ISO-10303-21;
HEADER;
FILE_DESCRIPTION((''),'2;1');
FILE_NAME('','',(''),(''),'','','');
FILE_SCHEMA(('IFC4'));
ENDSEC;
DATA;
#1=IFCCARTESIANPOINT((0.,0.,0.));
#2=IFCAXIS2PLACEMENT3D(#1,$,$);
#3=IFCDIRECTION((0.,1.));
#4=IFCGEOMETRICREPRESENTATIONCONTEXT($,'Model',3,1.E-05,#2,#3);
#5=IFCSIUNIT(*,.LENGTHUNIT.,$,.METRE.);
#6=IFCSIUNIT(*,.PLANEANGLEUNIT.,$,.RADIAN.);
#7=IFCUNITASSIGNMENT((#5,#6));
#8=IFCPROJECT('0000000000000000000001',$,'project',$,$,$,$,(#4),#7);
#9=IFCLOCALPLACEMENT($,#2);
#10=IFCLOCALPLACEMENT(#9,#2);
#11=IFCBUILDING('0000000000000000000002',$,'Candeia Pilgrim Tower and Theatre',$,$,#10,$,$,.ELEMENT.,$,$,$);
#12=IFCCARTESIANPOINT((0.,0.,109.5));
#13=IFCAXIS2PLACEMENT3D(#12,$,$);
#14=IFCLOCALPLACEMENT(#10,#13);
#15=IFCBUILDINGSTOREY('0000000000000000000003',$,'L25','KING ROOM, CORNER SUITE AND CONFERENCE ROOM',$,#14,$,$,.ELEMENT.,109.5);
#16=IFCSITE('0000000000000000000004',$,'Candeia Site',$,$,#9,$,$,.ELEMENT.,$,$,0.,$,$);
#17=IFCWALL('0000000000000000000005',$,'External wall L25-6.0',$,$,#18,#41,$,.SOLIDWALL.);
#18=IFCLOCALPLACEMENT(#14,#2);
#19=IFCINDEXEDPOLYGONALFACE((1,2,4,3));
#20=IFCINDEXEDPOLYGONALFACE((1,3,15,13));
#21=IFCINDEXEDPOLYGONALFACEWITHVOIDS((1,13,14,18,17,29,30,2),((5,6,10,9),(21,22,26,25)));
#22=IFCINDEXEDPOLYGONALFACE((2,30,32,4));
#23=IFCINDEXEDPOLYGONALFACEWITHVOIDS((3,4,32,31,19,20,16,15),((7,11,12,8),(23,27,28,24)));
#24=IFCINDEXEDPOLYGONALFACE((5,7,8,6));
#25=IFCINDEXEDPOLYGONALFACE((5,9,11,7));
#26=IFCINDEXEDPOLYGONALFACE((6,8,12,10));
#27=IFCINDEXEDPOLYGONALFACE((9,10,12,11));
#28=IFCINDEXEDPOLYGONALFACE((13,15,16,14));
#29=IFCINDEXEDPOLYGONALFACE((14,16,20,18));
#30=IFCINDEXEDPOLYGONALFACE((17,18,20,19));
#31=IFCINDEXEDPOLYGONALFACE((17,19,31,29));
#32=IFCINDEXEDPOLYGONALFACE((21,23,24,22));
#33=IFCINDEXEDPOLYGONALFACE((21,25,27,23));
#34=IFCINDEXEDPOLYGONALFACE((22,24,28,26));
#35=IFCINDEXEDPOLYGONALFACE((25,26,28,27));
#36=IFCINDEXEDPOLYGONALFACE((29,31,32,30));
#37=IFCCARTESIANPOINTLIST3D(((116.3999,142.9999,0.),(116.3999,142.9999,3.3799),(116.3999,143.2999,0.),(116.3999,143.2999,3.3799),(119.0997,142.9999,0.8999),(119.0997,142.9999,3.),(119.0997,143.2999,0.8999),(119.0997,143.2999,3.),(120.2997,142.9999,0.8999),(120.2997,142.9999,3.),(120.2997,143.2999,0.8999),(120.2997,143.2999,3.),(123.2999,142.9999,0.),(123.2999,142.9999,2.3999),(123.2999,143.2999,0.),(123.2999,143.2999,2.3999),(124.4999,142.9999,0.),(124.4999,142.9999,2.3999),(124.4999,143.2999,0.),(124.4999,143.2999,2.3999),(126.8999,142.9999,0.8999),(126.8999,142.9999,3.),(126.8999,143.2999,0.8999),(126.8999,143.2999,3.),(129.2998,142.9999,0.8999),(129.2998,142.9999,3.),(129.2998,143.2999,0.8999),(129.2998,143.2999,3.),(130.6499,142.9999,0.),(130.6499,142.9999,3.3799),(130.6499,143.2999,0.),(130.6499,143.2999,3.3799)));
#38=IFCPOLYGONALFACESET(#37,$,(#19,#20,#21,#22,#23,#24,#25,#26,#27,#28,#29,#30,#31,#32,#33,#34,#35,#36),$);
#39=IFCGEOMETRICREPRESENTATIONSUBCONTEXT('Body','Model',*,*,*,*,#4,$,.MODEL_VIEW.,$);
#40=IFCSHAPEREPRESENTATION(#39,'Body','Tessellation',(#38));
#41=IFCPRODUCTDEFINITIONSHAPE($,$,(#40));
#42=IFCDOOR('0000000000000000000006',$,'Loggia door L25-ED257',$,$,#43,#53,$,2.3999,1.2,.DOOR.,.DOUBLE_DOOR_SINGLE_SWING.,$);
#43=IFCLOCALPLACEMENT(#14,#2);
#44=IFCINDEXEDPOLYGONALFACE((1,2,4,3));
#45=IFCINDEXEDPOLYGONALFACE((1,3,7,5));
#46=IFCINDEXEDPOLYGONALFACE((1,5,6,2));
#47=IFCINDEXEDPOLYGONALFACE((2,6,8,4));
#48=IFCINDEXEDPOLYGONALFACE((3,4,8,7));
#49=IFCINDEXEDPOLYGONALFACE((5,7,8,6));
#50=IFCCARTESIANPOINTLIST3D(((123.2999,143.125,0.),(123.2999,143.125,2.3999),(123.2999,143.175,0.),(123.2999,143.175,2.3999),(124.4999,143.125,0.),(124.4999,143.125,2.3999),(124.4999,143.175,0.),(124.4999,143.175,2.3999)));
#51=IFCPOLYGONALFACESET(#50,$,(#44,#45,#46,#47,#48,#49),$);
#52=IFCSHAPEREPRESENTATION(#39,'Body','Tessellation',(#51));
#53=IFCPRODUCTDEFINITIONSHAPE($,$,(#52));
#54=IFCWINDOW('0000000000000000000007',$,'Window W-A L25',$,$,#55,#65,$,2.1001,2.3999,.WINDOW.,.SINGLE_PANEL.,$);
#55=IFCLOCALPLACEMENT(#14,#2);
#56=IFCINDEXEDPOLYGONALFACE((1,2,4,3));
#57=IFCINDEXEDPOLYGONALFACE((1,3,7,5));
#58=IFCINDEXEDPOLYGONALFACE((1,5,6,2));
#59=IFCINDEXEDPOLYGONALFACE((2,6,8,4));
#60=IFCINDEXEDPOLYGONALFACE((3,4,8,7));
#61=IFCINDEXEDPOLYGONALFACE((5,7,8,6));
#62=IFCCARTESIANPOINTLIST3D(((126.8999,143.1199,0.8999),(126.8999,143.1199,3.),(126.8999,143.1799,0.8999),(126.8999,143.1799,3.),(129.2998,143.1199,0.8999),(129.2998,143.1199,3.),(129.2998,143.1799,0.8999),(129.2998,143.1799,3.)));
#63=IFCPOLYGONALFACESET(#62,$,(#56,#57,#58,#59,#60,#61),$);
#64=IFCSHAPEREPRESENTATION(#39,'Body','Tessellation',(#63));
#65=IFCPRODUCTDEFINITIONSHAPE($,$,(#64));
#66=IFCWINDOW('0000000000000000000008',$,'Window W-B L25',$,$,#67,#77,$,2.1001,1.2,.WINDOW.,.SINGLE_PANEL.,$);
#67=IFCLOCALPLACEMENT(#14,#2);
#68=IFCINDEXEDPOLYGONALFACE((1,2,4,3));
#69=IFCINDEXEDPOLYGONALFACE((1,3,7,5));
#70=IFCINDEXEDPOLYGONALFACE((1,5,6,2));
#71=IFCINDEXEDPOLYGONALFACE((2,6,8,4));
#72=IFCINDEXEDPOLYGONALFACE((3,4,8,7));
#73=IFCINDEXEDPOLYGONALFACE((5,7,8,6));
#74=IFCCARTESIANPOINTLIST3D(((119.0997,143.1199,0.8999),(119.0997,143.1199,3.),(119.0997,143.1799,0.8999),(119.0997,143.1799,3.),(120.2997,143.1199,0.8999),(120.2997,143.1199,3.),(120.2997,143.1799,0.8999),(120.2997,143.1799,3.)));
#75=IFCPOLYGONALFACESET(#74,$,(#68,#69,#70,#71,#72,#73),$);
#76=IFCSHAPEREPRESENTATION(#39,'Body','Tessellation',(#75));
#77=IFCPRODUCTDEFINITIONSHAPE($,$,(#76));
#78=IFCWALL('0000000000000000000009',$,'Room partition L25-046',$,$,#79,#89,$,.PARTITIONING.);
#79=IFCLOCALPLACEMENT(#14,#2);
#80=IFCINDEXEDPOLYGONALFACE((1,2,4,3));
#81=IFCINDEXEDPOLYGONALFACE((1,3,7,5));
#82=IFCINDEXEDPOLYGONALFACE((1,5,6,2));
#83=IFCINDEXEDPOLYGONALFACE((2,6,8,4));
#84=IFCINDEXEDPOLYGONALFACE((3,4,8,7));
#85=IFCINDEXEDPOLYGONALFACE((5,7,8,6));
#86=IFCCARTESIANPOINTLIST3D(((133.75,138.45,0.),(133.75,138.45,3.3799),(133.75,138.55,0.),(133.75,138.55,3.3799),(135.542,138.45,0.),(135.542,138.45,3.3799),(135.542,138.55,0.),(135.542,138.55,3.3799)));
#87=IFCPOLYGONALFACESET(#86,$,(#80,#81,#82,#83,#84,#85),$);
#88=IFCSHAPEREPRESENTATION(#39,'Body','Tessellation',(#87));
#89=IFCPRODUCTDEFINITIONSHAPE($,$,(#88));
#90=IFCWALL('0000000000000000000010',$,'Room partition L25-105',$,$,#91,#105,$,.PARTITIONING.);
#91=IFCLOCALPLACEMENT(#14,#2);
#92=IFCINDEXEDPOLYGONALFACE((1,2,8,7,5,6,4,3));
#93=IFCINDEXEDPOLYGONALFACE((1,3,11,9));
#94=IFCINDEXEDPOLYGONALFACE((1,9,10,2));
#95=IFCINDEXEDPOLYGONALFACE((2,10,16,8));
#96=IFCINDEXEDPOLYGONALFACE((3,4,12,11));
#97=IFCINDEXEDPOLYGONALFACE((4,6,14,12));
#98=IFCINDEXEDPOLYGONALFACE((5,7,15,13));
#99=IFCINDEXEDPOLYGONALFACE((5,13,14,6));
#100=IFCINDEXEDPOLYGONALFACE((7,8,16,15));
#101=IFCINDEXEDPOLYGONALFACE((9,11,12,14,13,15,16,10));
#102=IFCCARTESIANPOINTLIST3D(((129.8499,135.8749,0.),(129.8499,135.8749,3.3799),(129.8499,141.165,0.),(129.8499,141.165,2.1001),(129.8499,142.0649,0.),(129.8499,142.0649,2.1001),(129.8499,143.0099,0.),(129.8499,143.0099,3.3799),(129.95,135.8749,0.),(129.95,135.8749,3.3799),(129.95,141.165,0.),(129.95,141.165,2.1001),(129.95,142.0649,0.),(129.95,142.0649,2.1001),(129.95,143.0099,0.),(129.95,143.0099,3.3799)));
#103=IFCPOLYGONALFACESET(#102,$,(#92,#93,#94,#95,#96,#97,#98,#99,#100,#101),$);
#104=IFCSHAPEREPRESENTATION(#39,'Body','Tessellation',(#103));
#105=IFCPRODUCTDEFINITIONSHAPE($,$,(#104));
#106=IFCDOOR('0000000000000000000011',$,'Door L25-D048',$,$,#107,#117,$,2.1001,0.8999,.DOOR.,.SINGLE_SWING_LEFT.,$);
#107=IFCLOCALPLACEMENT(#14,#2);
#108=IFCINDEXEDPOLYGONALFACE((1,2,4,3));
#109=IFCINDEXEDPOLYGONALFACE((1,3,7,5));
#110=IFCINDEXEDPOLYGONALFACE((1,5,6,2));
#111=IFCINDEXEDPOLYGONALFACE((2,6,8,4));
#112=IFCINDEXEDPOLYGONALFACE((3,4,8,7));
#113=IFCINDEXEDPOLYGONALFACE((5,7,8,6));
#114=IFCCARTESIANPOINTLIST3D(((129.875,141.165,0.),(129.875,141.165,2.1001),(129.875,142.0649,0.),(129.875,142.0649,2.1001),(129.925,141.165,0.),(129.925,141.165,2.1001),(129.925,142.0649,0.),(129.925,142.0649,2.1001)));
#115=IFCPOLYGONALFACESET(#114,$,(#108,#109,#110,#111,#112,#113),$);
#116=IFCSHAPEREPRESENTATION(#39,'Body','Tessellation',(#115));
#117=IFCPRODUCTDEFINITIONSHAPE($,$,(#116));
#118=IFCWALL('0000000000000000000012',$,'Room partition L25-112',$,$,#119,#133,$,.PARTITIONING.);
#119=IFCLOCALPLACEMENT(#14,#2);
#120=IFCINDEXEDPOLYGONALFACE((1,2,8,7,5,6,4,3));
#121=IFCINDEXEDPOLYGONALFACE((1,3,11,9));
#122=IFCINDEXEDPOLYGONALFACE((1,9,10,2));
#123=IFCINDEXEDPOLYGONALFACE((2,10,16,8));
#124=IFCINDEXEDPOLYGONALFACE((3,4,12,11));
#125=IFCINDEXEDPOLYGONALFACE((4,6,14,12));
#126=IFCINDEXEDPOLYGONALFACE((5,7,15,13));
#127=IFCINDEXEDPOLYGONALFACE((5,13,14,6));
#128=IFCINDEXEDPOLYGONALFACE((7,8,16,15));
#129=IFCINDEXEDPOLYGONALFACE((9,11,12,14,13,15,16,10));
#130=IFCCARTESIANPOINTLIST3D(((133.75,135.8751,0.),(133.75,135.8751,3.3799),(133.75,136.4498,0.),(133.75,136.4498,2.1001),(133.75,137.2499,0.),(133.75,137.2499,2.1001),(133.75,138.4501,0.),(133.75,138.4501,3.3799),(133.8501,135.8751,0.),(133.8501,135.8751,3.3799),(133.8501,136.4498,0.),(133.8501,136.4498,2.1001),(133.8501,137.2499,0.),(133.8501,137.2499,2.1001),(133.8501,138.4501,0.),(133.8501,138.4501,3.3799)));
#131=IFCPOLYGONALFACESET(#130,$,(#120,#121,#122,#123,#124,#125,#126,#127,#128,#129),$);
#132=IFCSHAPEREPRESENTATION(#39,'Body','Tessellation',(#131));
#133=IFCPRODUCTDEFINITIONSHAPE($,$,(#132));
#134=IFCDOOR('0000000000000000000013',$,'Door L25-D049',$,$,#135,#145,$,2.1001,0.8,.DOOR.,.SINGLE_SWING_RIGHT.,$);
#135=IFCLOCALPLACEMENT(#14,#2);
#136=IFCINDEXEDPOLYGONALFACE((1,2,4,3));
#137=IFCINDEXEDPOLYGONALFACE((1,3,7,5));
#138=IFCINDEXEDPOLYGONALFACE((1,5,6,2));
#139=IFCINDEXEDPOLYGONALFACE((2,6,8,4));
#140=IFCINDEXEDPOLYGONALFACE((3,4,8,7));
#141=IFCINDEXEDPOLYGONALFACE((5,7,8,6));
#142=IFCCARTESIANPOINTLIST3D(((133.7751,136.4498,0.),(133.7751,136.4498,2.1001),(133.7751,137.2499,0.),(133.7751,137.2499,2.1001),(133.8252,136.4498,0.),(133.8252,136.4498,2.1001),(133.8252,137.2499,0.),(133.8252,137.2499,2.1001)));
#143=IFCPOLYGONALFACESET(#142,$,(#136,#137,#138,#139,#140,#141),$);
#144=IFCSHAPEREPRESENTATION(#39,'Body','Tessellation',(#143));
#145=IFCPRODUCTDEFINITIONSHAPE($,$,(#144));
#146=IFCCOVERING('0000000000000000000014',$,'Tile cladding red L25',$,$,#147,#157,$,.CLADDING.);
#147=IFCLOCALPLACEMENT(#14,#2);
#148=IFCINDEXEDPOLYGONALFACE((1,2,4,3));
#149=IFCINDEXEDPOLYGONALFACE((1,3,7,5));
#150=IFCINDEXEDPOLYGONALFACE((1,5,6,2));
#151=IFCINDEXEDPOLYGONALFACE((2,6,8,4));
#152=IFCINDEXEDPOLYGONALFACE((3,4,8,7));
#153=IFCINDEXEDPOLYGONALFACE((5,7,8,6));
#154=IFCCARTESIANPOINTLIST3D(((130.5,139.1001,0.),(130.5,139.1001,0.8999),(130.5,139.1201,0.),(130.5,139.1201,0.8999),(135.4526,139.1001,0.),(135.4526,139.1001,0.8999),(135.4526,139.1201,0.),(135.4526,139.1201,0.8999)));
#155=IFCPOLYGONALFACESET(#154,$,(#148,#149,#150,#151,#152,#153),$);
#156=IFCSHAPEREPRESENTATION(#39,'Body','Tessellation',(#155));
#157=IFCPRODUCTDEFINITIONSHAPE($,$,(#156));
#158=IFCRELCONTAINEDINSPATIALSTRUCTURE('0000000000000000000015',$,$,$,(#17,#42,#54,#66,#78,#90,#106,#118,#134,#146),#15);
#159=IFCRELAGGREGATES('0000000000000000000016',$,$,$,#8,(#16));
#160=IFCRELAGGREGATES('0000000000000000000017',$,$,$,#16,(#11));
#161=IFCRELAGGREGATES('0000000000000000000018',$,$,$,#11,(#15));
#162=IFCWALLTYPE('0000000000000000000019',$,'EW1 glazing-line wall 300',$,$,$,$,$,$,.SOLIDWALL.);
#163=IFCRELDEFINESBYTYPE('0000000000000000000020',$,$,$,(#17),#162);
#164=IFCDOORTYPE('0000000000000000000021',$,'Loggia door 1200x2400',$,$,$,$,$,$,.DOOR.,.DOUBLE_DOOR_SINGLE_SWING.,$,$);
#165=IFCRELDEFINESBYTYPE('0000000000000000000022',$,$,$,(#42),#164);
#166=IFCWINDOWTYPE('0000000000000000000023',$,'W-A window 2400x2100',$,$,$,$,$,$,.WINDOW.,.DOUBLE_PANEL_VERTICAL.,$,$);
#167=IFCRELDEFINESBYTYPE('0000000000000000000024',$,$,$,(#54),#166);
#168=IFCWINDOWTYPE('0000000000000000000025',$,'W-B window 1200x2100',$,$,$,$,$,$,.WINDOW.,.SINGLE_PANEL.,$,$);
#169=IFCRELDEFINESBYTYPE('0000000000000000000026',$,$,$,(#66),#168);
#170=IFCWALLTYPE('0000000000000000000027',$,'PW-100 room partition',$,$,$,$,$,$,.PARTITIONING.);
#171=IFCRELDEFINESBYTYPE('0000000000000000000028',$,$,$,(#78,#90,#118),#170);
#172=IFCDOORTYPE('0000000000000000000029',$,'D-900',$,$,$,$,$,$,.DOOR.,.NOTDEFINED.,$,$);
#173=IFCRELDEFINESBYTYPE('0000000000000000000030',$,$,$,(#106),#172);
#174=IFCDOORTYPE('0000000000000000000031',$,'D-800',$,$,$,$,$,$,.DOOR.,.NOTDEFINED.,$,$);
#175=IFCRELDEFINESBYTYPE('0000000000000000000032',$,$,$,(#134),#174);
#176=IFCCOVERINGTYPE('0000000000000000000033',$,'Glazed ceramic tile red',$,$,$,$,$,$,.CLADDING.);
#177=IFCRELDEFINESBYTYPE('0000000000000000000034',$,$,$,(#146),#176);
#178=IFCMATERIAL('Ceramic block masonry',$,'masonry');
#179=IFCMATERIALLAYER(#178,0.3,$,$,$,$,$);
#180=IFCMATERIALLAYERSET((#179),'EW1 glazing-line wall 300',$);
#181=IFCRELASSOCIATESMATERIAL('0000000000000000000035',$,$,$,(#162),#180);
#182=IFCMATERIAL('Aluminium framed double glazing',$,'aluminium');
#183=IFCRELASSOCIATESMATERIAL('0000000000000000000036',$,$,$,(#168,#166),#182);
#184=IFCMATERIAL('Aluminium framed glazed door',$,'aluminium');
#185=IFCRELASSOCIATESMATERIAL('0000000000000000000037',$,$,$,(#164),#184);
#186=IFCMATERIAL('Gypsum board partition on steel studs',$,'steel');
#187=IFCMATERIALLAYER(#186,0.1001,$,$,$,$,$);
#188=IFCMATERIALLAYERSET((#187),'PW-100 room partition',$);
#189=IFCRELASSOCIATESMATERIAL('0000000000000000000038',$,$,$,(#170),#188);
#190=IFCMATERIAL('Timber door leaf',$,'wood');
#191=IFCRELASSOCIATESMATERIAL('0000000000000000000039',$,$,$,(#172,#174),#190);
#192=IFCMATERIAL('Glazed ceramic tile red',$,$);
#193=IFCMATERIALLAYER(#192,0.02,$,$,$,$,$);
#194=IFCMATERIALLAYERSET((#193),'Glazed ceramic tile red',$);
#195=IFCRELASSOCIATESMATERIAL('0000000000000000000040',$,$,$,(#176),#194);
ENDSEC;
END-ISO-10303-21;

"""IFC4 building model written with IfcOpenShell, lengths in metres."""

from ifc_helpers import new_model, si_unit, direction, frame, frame_2d, origin, origin_2d, place, context, subcontext, project, spatial, rectangle, extrude, material, layer, layer_set, type_object, element, fill, save


model = new_model("IFC4")

# Units and contexts
model_context = context("Model", 3, precision=1e-05, world=origin(), true_north=direction((0.0, 1.0)))
body_context = subcontext(model_context, "Body", "Model", "MODEL_VIEW")
ifc_project = project(units=[si_unit("LENGTHUNIT", "METRE"), si_unit("PLANEANGLEUNIT", "RADIAN")], contexts=[model_context])

# Site, building, storey
site_placement = place(None, origin())
site = spatial("IfcSite", under=ifc_project, at=site_placement, Name="Candeia Site", CompositionType="ELEMENT", RefElevation=0.0)
building_placement = place(site_placement, origin())
building = spatial("IfcBuilding", under=site, at=building_placement, Name="Candeia Pilgrim Tower and Theatre", CompositionType="ELEMENT")
storey_placement = place(building_placement, frame((0.0, 0.0, 109.5)))
storey = spatial("IfcBuildingStorey", under=building, at=storey_placement, Name="L25", Description="KING ROOM, CORNER SUITE AND CONFERENCE ROOM", CompositionType="ELEMENT", Elevation=109.5)

# Shared definitions
ifc_material_1 = material(Name="Ceramic block masonry", Category="masonry")
ifc_layer_1 = layer(ifc_material_1, 0.3)
ifc_layer_set_1 = layer_set([ifc_layer_1], Name="EW1 glazing-line wall 300")
wall_type_1 = type_object("IfcWallType", Name="EW1 glazing-line wall 300", PredefinedType="SOLIDWALL", material=ifc_layer_set_1)
ifc_material_2 = material(Name="Aluminium framed double glazing", Category="aluminium")
window_type_1 = type_object("IfcWindowType", Name="W-B window 1200x2100", PartitioningType="SINGLE_PANEL", PredefinedType="WINDOW", material=ifc_material_2)

# Shared definitions
window_type_2 = type_object("IfcWindowType", Name="W-A window 2400x2100", PartitioningType="DOUBLE_PANEL_VERTICAL", PredefinedType="WINDOW", material=ifc_material_2)

# Wall, openings, door, windows
wall_1_placement = place(storey_placement, frame((130.6499, 143.1499, 0.0), z_axis=(0.0, 0.0, 1.0), x_axis=(-1.0, 0.0, 0.0)))
wall_1 = element("IfcWall", 1, at=wall_1_placement, inside=storey, type_object=wall_type_1, Name="External wall L25-6.0", PredefinedType="SOLIDWALL", context=body_context, shape_type="SweptSolid", body=[
    extrude(rectangle(XDim=14.25, YDim=0.3, at=frame_2d((7.125, 0.0))), origin(), (0.0, 0.0, 1.0), 3.3799),
])
opening_1_placement = place(wall_1_placement, frame((1.3501, 0.0, 0.8999)))
opening_1 = element("IfcOpeningElement", 2, at=opening_1_placement, cuts=wall_1, PredefinedType="OPENING", context=body_context, shape_type="SweptSolid", body=[
    extrude(rectangle(XDim=2.3999, YDim=2.1001, at=frame_2d((1.2, 1.05))), frame((0.0, 0.1602, 0.0), z_axis=(0.0, -1.0, 0.0), x_axis=(1.0, 0.0, 0.0)), (0.0, 0.0, 1.0), 0.3201),
])
opening_2_placement = place(wall_1_placement, frame((6.1499, 0.0, 0.0)))
opening_2 = element("IfcOpeningElement", 3, at=opening_2_placement, cuts=wall_1, PredefinedType="OPENING", context=body_context, shape_type="SweptSolid", body=[
    extrude(rectangle(XDim=1.2, YDim=2.3999, at=frame_2d((0.6001, 1.2))), frame((0.0, 0.1602, 0.0), z_axis=(0.0, -1.0, 0.0), x_axis=(1.0, 0.0, 0.0)), (0.0, 0.0, 1.0), 0.3201),
])
opening_3_placement = place(wall_1_placement, frame((10.3501, 0.0, 0.8999)))
opening_3 = element("IfcOpeningElement", 4, at=opening_3_placement, cuts=wall_1, PredefinedType="OPENING", context=body_context, shape_type="SweptSolid", body=[
    extrude(rectangle(XDim=1.2, YDim=2.1001, at=frame_2d((0.6001, 1.05))), frame((0.0, 0.1602, 0.0), z_axis=(0.0, -1.0, 0.0), x_axis=(1.0, 0.0, 0.0)), (0.0, 0.0, 1.0), 0.3201),
])
ifc_material_3 = material(Name="Aluminium framed glazed door", Category="aluminium")
door_type_1 = type_object("IfcDoorType", Name="Loggia door 1200x2400", OperationType="DOUBLE_DOOR_SINGLE_SWING", PredefinedType="DOOR", material=ifc_material_3)
door_1_placement = place(opening_2_placement, origin())
door_1 = element("IfcDoor", 5, at=door_1_placement, inside=storey, type_object=door_type_1, Name="Loggia door L25-ED257", OperationType="DOUBLE_DOOR_SINGLE_SWING", OverallHeight=2.3999, OverallWidth=1.2, PredefinedType="DOOR", context=body_context, shape_type="SweptSolid", body=[
    extrude(rectangle(XDim=1.2, YDim=2.3999, at=frame_2d((0.6001, 1.2))), frame((0.0, 0.0249, 0.0), z_axis=(0.0, -1.0, 0.0), x_axis=(1.0, 0.0, 0.0)), (0.0, 0.0, 1.0), 0.05),
])
fill(opening_2, door_1)
window_1_placement = place(opening_1_placement, origin())
window_1 = element("IfcWindow", 6, at=window_1_placement, inside=storey, type_object=window_type_2, Name="Window W-A L25", OverallHeight=2.1001, OverallWidth=2.3999, PartitioningType="SINGLE_PANEL", PredefinedType="WINDOW", context=body_context, shape_type="SweptSolid", body=[
    extrude(rectangle(XDim=2.3999, YDim=2.1001, at=frame_2d((1.2, 1.05))), frame((0.0, 0.03, 0.0), z_axis=(0.0, -1.0, 0.0), x_axis=(1.0, 0.0, 0.0)), (0.0, 0.0, 1.0), 0.0601),
])
fill(opening_1, window_1)
window_2_placement = place(opening_3_placement, origin())
window_2 = element("IfcWindow", 7, at=window_2_placement, inside=storey, type_object=window_type_1, Name="Window W-B L25", OverallHeight=2.1001, OverallWidth=1.2, PartitioningType="SINGLE_PANEL", PredefinedType="WINDOW", context=body_context, shape_type="SweptSolid", body=[
    extrude(rectangle(XDim=1.2, YDim=2.1001, at=frame_2d((0.6001, 1.05))), frame((0.0, 0.03, 0.0), z_axis=(0.0, -1.0, 0.0), x_axis=(1.0, 0.0, 0.0)), (0.0, 0.0, 1.0), 0.0601),
])
fill(opening_3, window_2)

# Wall
ifc_material_4 = material(Name="Gypsum board partition on steel studs", Category="steel")
ifc_layer_2 = layer(ifc_material_4, 0.1001)
ifc_layer_set_2 = layer_set([ifc_layer_2], Name="PW-100 room partition")
wall_type_2 = type_object("IfcWallType", Name="PW-100 room partition", PredefinedType="PARTITIONING", material=ifc_layer_set_2)
wall_2_placement = place(storey_placement, frame((133.75, 138.5, 0.0), z_axis=(0.0, 0.0, 1.0), x_axis=(1.0, 0.0, 0.0)))
element("IfcWall", 8, at=wall_2_placement, inside=storey, type_object=wall_type_2, Name="Room partition L25-046", PredefinedType="PARTITIONING", context=body_context, shape_type="SweptSolid", body=[
    extrude(rectangle(XDim=1.792, YDim=0.1001, at=frame_2d((0.896, 0.0))), origin(), (0.0, 0.0, 1.0), 3.3799),
])

# Walls, openings, doors
wall_3_placement = place(storey_placement, frame((129.8999, 135.875, 0.0), z_axis=(0.0, 0.0, 1.0), x_axis=(0.0, 1.0, 0.0)))
wall_3 = element("IfcWall", 9, at=wall_3_placement, inside=storey, type_object=wall_type_2, Name="Room partition L25-105", PredefinedType="PARTITIONING", context=body_context, shape_type="SweptSolid", body=[
    extrude(rectangle(XDim=7.135, YDim=0.1001, at=frame_2d((3.5674, 0.0))), origin(), (0.0, 0.0, 1.0), 3.3799),
])
opening_4_placement = place(wall_3_placement, frame((5.29, 0.0, 0.0)))
opening_4 = element("IfcOpeningElement", 10, at=opening_4_placement, cuts=wall_3, PredefinedType="OPENING", context=body_context, shape_type="SweptSolid", body=[
    extrude(rectangle(XDim=0.8999, YDim=2.1001, at=frame_2d((0.45, 1.05))), frame((0.0, 0.0601, 0.0), z_axis=(0.0, -1.0, 0.0), x_axis=(1.0, 0.0, 0.0)), (0.0, 0.0, 1.0), 0.1201),
])
ifc_material_5 = material(Name="Timber door leaf", Category="wood")
door_type_2 = type_object("IfcDoorType", Name="D-900", OperationType="NOTDEFINED", PredefinedType="DOOR", material=ifc_material_5)
door_2_placement = place(opening_4_placement, origin())
door_2 = element("IfcDoor", 11, at=door_2_placement, inside=storey, type_object=door_type_2, Name="Door L25-D048", OperationType="SINGLE_SWING_LEFT", OverallHeight=2.1001, OverallWidth=0.8999, PredefinedType="DOOR", context=body_context, shape_type="SweptSolid", body=[
    extrude(rectangle(XDim=0.8999, YDim=2.1001, at=frame_2d((0.45, 1.05))), frame((0.0, 0.0249, 0.0), z_axis=(0.0, -1.0, 0.0), x_axis=(1.0, 0.0, 0.0)), (0.0, 0.0, 1.0), 0.05),
])
fill(opening_4, door_2)
wall_4_placement = place(storey_placement, frame((133.8, 135.875, 0.0), z_axis=(0.0, 0.0, 1.0), x_axis=(0.0, 1.0, 0.0)))
wall_4 = element("IfcWall", 12, at=wall_4_placement, inside=storey, type_object=wall_type_2, Name="Room partition L25-112", PredefinedType="PARTITIONING", context=body_context, shape_type="SweptSolid", body=[
    extrude(rectangle(XDim=2.575, YDim=0.1001, at=frame_2d((1.2876, 0.0))), origin(), (0.0, 0.0, 1.0), 3.3799),
])
opening_5_placement = place(wall_4_placement, frame((0.575, 0.0, 0.0)))
opening_5 = element("IfcOpeningElement", 13, at=opening_5_placement, cuts=wall_4, PredefinedType="OPENING", context=body_context, shape_type="SweptSolid", body=[
    extrude(rectangle(XDim=0.8, YDim=2.1001, at=frame_2d((0.3999, 1.05))), frame((0.0, 0.0601, 0.0), z_axis=(0.0, -1.0, 0.0), x_axis=(1.0, 0.0, 0.0)), (0.0, 0.0, 1.0), 0.1201),
])
door_type_3 = type_object("IfcDoorType", Name="D-800", OperationType="NOTDEFINED", PredefinedType="DOOR", material=ifc_material_5)
door_3_placement = place(opening_5_placement, origin())
door_3 = element("IfcDoor", 14, at=door_3_placement, inside=storey, type_object=door_type_3, Name="Door L25-D049", OperationType="SINGLE_SWING_RIGHT", OverallHeight=2.1001, OverallWidth=0.8, PredefinedType="DOOR", context=body_context, shape_type="SweptSolid", body=[
    extrude(rectangle(XDim=0.8, YDim=2.1001, at=frame_2d((0.3999, 1.05))), frame((0.0, 0.0249, 0.0), z_axis=(0.0, -1.0, 0.0), x_axis=(1.0, 0.0, 0.0)), (0.0, 0.0, 1.0), 0.05),
])
fill(opening_5, door_3)

# Covering
ifc_material_6 = material(Name="Glazed ceramic tile red")
ifc_layer_3 = layer(ifc_material_6, 0.02)
ifc_layer_set_3 = layer_set([ifc_layer_3], Name="Glazed ceramic tile red")
covering_type_1 = type_object("IfcCoveringType", Name="Glazed ceramic tile red", PredefinedType="CLADDING", material=ifc_layer_set_3)
covering_1_placement = place(storey_placement, frame((132.9763, 139.1101, 0.0), z_axis=(0.0, 0.0, 1.0), x_axis=(-1.0, 0.0, 0.0)))
element("IfcCovering", 15, at=covering_1_placement, inside=storey, type_object=covering_type_1, Name="Tile cladding red L25", PredefinedType="CLADDING", context=body_context, shape_type="SweptSolid", body=[
    extrude(rectangle(XDim=4.9526, YDim=0.02, at=origin_2d()), origin(), (0.0, 0.0, 1.0), 0.8999),
])

save(model, "model.ifc")
